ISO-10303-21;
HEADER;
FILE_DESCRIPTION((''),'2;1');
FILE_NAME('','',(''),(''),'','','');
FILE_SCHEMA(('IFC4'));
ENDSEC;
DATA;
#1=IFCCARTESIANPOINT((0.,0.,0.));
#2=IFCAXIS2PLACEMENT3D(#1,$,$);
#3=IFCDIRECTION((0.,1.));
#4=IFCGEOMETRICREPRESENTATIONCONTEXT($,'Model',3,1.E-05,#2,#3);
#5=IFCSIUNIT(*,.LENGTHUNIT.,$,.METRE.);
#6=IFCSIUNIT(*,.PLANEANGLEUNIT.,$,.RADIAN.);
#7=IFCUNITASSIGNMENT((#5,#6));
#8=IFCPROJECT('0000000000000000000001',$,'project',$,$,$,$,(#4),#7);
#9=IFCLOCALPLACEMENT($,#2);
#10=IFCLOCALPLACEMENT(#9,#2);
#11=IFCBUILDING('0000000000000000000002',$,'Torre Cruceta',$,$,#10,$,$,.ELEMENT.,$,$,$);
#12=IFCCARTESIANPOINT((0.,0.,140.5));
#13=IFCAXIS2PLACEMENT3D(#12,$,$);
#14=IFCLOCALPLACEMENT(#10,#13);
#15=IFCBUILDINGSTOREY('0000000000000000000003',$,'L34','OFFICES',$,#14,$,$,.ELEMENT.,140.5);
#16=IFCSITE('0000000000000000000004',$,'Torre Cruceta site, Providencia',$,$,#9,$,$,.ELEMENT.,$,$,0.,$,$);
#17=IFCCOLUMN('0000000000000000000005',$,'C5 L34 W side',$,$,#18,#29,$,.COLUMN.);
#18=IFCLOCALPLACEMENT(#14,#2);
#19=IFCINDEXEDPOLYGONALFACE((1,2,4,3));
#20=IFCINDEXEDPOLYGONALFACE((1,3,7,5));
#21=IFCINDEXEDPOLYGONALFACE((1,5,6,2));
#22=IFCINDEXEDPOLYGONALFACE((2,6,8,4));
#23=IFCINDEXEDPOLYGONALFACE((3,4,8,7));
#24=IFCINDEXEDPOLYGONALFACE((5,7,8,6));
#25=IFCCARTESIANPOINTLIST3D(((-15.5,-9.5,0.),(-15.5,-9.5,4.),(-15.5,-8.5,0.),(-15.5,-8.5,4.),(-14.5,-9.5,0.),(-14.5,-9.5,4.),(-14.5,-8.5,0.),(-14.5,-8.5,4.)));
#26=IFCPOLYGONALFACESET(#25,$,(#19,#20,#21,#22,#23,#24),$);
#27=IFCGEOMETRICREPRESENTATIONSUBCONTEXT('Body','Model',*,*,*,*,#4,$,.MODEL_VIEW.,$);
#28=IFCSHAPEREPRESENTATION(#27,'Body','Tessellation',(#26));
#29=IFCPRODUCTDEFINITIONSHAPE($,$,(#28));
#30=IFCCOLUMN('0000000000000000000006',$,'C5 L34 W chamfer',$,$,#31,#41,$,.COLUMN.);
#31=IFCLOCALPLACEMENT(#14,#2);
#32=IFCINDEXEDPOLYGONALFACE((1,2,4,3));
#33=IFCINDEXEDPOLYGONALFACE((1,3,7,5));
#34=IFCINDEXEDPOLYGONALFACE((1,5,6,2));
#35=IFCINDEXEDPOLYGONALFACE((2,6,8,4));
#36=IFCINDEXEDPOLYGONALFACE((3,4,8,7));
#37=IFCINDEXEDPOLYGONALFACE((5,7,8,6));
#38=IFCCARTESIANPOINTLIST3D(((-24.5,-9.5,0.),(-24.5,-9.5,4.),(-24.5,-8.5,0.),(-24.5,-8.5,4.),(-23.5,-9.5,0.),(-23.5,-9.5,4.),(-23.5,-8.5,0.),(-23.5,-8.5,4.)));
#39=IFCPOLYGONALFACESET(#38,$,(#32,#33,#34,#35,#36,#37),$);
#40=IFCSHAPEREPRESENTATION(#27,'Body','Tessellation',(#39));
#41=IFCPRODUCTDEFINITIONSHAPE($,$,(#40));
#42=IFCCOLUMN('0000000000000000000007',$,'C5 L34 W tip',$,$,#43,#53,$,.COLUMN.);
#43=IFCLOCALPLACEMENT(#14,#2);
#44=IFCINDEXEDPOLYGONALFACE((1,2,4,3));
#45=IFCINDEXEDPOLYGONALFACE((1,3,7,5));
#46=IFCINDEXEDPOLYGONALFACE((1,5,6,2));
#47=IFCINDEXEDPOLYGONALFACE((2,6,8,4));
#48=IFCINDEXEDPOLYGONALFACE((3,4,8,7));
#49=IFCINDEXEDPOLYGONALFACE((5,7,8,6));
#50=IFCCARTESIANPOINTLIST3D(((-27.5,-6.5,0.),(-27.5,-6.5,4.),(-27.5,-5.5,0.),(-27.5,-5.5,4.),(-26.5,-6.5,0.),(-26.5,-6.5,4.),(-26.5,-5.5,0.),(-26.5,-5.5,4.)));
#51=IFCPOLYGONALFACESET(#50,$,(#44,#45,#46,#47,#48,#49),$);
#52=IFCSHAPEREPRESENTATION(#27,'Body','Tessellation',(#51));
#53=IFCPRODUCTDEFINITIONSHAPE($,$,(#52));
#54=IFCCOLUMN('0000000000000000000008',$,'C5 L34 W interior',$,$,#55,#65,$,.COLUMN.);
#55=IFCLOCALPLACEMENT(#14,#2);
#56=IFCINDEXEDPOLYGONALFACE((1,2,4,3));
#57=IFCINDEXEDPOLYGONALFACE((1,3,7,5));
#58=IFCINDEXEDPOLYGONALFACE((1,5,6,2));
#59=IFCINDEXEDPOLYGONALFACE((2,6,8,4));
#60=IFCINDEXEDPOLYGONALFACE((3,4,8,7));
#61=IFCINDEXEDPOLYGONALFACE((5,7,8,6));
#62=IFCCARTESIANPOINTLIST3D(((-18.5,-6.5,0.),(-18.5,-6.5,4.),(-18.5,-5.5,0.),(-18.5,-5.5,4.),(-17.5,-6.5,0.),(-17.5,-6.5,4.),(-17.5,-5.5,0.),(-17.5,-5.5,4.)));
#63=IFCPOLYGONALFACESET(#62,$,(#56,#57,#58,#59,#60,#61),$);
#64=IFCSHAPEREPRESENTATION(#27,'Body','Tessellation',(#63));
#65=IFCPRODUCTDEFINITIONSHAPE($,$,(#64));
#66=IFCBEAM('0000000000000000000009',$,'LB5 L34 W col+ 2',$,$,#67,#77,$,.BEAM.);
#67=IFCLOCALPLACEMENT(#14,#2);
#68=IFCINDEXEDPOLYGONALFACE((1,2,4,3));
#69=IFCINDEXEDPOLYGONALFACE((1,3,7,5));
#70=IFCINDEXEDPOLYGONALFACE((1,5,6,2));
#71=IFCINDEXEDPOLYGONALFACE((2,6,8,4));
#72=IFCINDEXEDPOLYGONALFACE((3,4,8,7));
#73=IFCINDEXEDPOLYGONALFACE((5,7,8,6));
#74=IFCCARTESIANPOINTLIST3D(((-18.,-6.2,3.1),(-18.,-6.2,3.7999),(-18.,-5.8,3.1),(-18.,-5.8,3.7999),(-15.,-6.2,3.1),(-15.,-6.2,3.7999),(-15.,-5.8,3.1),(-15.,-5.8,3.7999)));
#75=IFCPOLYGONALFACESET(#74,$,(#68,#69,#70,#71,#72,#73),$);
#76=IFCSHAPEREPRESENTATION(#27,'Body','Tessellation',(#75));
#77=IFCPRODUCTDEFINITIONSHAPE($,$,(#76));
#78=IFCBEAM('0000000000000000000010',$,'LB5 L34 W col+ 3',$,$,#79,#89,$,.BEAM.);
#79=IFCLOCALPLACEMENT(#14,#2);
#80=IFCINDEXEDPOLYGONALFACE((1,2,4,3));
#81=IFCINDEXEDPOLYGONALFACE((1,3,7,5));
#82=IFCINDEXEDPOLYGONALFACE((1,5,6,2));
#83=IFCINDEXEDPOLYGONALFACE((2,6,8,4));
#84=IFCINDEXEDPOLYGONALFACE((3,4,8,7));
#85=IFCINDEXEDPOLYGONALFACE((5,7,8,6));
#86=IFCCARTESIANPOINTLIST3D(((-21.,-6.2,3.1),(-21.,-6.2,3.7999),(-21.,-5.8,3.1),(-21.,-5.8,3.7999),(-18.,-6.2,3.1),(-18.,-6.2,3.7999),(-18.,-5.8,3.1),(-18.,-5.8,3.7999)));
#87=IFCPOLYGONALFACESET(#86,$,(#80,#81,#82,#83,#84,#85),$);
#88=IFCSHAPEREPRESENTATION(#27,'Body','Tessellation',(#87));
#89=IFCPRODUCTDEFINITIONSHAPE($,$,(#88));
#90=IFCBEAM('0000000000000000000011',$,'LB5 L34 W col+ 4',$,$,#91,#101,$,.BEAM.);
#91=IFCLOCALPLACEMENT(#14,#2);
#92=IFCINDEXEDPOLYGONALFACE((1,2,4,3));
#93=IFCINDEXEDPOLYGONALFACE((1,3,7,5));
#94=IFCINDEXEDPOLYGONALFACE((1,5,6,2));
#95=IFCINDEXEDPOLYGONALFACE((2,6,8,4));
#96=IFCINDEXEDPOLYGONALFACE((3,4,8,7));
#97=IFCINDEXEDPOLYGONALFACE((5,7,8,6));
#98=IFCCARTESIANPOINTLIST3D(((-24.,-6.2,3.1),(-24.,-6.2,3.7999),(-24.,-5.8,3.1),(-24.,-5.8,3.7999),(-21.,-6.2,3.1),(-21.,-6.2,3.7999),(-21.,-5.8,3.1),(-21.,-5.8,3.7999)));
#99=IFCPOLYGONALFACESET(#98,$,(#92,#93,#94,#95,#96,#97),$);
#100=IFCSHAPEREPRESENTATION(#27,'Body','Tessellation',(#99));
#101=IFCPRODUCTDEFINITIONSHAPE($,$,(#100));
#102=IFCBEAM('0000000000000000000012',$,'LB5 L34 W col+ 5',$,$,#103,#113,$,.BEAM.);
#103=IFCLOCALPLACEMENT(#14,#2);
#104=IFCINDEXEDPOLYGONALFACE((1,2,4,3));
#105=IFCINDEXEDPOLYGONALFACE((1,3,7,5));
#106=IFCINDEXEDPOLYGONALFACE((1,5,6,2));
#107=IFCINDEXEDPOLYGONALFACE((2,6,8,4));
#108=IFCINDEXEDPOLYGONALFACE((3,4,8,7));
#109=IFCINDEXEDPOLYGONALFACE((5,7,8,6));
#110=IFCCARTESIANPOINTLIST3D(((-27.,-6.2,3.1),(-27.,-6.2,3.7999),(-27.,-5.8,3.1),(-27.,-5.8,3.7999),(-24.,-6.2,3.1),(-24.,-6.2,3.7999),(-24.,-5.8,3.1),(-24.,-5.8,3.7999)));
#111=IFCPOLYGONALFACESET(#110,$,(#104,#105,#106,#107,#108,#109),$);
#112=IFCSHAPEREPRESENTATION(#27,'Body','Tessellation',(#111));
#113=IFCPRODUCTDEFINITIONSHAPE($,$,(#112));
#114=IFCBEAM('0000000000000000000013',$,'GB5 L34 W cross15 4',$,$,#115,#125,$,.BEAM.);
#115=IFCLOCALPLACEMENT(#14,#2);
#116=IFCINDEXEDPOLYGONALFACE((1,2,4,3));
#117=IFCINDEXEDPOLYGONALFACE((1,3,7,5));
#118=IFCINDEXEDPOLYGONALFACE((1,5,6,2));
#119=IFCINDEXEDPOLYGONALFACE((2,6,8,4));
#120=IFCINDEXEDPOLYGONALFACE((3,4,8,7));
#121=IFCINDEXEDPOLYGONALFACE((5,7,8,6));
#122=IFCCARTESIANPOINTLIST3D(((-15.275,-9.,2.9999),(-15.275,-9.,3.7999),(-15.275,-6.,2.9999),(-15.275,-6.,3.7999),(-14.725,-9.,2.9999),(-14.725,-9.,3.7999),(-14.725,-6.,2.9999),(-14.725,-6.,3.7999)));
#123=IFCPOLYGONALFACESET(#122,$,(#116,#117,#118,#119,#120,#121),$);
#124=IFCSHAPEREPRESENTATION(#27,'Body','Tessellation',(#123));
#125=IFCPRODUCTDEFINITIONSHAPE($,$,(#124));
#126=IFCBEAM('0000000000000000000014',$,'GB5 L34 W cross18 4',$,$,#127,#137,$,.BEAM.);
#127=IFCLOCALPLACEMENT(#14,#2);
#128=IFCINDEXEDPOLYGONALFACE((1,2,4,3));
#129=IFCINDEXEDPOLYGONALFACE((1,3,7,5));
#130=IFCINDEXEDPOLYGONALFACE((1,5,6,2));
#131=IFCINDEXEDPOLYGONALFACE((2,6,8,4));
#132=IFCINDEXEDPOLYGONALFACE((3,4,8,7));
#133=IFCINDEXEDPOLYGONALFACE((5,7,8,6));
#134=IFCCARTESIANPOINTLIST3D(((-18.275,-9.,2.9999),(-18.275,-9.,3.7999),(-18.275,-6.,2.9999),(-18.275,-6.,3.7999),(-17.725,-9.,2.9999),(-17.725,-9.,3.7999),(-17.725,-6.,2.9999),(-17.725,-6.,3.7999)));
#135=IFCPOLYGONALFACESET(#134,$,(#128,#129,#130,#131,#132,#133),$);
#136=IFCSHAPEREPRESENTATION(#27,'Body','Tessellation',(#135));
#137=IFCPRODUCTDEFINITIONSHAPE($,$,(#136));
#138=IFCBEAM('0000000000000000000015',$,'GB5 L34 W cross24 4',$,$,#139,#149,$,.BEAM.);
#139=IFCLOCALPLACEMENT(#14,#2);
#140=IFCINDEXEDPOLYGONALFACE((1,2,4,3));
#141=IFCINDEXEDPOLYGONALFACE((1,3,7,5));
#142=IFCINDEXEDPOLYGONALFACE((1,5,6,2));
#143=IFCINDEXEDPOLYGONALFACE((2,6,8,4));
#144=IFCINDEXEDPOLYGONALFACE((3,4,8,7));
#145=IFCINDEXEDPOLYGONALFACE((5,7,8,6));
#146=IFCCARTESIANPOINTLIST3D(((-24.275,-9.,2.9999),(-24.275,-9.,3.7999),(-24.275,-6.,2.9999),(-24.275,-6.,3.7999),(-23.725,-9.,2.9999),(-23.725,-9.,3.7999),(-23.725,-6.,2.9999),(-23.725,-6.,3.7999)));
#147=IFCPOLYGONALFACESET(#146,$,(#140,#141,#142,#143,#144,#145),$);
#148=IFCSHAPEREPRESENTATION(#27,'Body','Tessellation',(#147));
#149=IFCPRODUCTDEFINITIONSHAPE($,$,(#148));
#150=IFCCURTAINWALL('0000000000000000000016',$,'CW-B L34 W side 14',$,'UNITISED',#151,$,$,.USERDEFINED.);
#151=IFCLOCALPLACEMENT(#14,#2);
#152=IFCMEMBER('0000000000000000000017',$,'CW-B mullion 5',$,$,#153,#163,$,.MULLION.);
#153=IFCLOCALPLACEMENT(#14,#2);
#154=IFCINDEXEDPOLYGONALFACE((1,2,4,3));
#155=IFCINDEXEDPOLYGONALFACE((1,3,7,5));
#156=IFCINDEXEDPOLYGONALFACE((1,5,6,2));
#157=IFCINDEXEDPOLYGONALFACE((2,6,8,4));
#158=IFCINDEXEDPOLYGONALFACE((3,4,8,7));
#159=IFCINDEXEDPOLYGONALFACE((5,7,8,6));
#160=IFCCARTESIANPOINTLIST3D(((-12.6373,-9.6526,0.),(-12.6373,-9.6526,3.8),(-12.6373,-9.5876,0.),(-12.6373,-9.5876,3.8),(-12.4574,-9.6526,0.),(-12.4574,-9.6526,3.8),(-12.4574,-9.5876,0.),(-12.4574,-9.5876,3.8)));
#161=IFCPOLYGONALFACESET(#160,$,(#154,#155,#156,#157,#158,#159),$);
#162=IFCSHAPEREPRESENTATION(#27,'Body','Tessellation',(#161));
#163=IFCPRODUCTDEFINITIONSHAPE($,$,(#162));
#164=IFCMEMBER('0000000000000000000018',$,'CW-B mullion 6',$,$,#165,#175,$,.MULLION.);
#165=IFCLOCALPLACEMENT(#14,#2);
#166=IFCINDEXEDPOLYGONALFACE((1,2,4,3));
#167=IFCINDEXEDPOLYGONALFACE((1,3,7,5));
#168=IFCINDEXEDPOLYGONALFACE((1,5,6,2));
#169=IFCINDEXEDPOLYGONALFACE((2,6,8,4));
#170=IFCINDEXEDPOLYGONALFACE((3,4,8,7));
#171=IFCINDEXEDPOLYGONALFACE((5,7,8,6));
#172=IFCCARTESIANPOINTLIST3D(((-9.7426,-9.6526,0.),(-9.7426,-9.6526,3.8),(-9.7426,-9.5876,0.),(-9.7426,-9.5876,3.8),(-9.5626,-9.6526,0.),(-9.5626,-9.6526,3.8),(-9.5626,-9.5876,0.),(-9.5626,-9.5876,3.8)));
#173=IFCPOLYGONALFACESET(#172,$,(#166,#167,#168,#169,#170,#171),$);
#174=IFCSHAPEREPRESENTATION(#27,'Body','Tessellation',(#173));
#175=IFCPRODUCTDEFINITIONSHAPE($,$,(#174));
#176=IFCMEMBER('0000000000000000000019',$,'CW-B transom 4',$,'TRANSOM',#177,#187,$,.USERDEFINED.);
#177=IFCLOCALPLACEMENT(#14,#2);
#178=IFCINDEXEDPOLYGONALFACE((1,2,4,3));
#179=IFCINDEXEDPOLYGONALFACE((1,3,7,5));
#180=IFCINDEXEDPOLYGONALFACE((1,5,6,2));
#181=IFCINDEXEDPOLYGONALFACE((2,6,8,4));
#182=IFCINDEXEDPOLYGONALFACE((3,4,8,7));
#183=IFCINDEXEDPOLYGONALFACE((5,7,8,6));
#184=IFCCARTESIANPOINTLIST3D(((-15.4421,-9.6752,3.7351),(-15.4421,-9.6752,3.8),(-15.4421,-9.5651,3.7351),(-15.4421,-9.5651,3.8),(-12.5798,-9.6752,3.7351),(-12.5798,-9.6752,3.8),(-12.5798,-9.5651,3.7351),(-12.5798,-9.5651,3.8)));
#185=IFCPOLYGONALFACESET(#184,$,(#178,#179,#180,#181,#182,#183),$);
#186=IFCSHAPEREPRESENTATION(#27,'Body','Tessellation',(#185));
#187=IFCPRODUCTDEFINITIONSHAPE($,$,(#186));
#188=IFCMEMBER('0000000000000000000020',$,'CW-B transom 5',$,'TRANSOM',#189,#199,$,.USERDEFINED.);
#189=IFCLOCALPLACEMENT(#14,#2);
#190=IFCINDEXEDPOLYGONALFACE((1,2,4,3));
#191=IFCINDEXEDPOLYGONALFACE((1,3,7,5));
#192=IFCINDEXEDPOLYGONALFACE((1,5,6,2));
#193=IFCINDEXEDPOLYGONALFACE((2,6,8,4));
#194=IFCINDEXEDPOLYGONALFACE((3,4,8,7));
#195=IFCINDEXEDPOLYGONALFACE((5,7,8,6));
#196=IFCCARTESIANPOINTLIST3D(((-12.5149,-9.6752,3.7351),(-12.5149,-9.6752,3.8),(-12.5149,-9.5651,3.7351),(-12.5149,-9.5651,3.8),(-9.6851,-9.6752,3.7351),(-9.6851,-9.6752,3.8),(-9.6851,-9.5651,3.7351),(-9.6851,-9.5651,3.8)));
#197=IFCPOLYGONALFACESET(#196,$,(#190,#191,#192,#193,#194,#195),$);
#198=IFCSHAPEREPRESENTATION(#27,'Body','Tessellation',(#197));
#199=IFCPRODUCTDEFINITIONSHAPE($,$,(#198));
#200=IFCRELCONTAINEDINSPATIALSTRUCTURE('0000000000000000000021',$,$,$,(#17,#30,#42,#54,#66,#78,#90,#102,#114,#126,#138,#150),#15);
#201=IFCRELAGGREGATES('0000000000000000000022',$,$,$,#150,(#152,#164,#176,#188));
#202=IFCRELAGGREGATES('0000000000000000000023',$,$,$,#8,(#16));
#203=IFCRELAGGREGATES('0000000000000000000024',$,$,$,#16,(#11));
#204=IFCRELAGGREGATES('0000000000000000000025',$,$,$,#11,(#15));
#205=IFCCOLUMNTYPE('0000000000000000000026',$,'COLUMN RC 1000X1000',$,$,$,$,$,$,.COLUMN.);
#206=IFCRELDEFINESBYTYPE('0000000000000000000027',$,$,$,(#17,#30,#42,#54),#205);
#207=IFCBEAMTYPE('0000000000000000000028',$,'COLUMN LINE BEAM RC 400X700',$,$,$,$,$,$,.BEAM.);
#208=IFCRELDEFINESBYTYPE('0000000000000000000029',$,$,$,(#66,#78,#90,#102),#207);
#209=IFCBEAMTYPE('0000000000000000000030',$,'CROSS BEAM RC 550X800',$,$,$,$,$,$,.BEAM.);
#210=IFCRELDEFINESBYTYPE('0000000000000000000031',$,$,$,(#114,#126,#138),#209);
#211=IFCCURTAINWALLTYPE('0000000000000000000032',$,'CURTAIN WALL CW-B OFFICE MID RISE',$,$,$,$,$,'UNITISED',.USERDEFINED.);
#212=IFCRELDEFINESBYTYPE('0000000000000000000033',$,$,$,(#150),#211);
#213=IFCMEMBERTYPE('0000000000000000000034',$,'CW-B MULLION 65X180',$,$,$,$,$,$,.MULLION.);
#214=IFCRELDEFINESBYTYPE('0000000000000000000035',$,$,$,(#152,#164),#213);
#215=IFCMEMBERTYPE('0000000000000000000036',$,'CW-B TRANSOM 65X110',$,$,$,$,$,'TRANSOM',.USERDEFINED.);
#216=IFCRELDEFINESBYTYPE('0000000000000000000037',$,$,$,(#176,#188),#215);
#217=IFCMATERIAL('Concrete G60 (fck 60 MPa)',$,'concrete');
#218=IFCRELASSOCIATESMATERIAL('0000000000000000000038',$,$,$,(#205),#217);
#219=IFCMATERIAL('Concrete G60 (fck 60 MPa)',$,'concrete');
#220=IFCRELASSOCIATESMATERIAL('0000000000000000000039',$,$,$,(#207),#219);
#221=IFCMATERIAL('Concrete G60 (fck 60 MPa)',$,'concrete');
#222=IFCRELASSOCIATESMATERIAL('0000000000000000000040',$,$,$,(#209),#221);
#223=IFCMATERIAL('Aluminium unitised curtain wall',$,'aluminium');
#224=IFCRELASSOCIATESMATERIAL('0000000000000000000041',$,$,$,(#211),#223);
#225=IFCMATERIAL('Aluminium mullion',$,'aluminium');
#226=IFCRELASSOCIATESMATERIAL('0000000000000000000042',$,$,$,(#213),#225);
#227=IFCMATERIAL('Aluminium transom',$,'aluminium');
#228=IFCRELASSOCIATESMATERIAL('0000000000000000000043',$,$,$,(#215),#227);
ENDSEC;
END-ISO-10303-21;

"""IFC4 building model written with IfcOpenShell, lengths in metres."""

from ifc_helpers import new_model, si_unit, direction, frame, origin, origin_2d, place, context, subcontext, project, spatial, rectangle, extrude, material, material_profile, profile_set, type_object, element, aggregate, save


model = new_model("IFC4")

# Units and contexts
model_context = context("Model", 3, precision=1e-05, world=origin(), true_north=direction((0.0, 1.0)))
body_context = subcontext(model_context, "Body", "Model", "MODEL_VIEW")
ifc_project = project(units=[si_unit("LENGTHUNIT", "METRE"), si_unit("PLANEANGLEUNIT", "RADIAN")], contexts=[model_context])

# Site, building, storey
site_placement = place(None, origin())
site = spatial("IfcSite", under=ifc_project, at=site_placement, Name="Torre Cruceta site, Providencia", CompositionType="ELEMENT", RefElevation=0.0)
building_placement = place(site_placement, origin())
building = spatial("IfcBuilding", under=site, at=building_placement, Name="Torre Cruceta", CompositionType="ELEMENT")
storey_placement = place(building_placement, frame((0.0, 0.0, 140.5)))
storey = spatial("IfcBuildingStorey", under=building, at=storey_placement, Name="L34", Description="OFFICES", CompositionType="ELEMENT", Elevation=140.5)

# Columns
ifc_material_1 = material(Name="Concrete G60 (fck 60 MPa)", Category="concrete")
ifc_material_profile_1 = material_profile(ifc_material_1, rectangle(XDim=1.0, YDim=1.0, at=origin_2d()), Name="RC 1000X1000")
ifc_profile_set_1 = profile_set([ifc_material_profile_1], Name="Concrete G60 (fck 60 MPa)")
column_type = type_object("IfcColumnType", Name="COLUMN RC 1000X1000", PredefinedType="COLUMN", material=ifc_profile_set_1)
for number, where, z_axis, x_axis, name in (
    (1, (-15.0, -9.0, 0.0), (0.0, 0.0, 1.0), (1.0, 0.0, 0.0), "C5 L34 W side"),
    (2, (-24.0, -9.0, 0.0), (0.0, 0.0, 1.0), (1.0, 0.0, 0.0), "C5 L34 W chamfer"),
    (3, (-27.0, -6.0, 0.0), (0.0, 0.0, 1.0), (1.0, 0.0, 0.0), "C5 L34 W tip"),
    (4, (-18.0, -6.0, 0.0), (0.0, 0.0, 1.0), (1.0, 0.0, 0.0), "C5 L34 W interior"),
):
    element("IfcColumn", number, at=place(storey_placement, frame(where, z_axis=z_axis, x_axis=x_axis)), inside=storey, type_object=column_type, Name=name, PredefinedType="COLUMN", context=body_context, shape_type="SweptSolid", body=[
        extrude(rectangle(XDim=1.0, YDim=1.0, at=origin_2d()), origin(), (0.0, 0.0, 1.0), 4.0),
    ])

# Beams
ifc_material_2 = material(Name="Concrete G60 (fck 60 MPa)", Category="concrete")
ifc_material_profile_2 = material_profile(ifc_material_2, rectangle(XDim=0.3999, YDim=0.7, at=origin_2d()), Name="RC 400X700")
ifc_profile_set_2 = profile_set([ifc_material_profile_2], Name="Concrete G60 (fck 60 MPa)")
beam_type_1 = type_object("IfcBeamType", Name="COLUMN LINE BEAM RC 400X700", PredefinedType="BEAM", material=ifc_profile_set_2)
for number, where, z_axis, x_axis, name in (
    (5, (-15.0, -6.0, 3.45), (-1.0, 0.0, 0.0), (0.0, -1.0, 0.0), "LB5 L34 W col+ 2"),
    (6, (-18.0, -6.0, 3.45), (-1.0, 0.0, 0.0), (0.0, -1.0, 0.0), "LB5 L34 W col+ 3"),
    (7, (-21.0, -6.0, 3.45), (-1.0, 0.0, 0.0), (0.0, -1.0, 0.0), "LB5 L34 W col+ 4"),
    (8, (-24.0, -6.0, 3.45), (-1.0, 0.0, 0.0), (0.0, -1.0, 0.0), "LB5 L34 W col+ 5"),
):
    element("IfcBeam", number, at=place(storey_placement, frame(where, z_axis=z_axis, x_axis=x_axis)), inside=storey, type_object=beam_type_1, Name=name, PredefinedType="BEAM", context=body_context, shape_type="SweptSolid", body=[
        extrude(rectangle(XDim=0.3999, YDim=0.7, at=origin_2d()), origin(), (0.0, 0.0, 1.0), 3.0),
    ])
ifc_material_3 = material(Name="Concrete G60 (fck 60 MPa)", Category="concrete")
ifc_material_profile_3 = material_profile(ifc_material_3, rectangle(XDim=0.55, YDim=0.8, at=origin_2d()), Name="RC 550X800")
ifc_profile_set_3 = profile_set([ifc_material_profile_3], Name="Concrete G60 (fck 60 MPa)")
beam_type_2 = type_object("IfcBeamType", Name="CROSS BEAM RC 550X800", PredefinedType="BEAM", material=ifc_profile_set_3)
for number, where, z_axis, x_axis, name in (
    (9, (-15.0, -6.0, 3.3999), (0.0, -1.0, 0.0), (1.0, 0.0, 0.0), "GB5 L34 W cross15 4"),
    (10, (-18.0, -6.0, 3.3999), (0.0, -1.0, 0.0), (1.0, 0.0, 0.0), "GB5 L34 W cross18 4"),
    (11, (-24.0, -6.0, 3.3999), (0.0, -1.0, 0.0), (1.0, 0.0, 0.0), "GB5 L34 W cross24 4"),
):
    element("IfcBeam", number, at=place(storey_placement, frame(where, z_axis=z_axis, x_axis=x_axis)), inside=storey, type_object=beam_type_2, Name=name, PredefinedType="BEAM", context=body_context, shape_type="SweptSolid", body=[
        extrude(rectangle(XDim=0.55, YDim=0.8, at=origin_2d()), origin(), (0.0, 0.0, 1.0), 3.0),
    ])

# Curtain wall, members
ifc_material_4 = material(Name="Aluminium unitised curtain wall", Category="aluminium")
curtain_wall_type = type_object("IfcCurtainWallType", Name="CURTAIN WALL CW-B OFFICE MID RISE", ElementType="UNITISED", PredefinedType="USERDEFINED", material=ifc_material_4)
curtain_wall_placement = place(storey_placement, origin())
curtain_wall = element("IfcCurtainWall", 12, at=curtain_wall_placement, inside=storey, type_object=curtain_wall_type, Name="CW-B L34 W side 14", ObjectType="UNITISED", PredefinedType="USERDEFINED")
ifc_material_5 = material(Name="Aluminium mullion", Category="aluminium")
ifc_material_profile_4 = material_profile(ifc_material_5, rectangle(XDim=0.0649, YDim=0.1799, at=origin_2d()), Name="AL 65X180")
ifc_profile_set_4 = profile_set([ifc_material_profile_4], Name="Aluminium mullion")
member_type_1 = type_object("IfcMemberType", Name="CW-B MULLION 65X180", PredefinedType="MULLION", material=ifc_profile_set_4)
member_1_placement = place(storey_placement, frame((-12.5474, -9.6201, 0.0), z_axis=(0.0, 0.0, 1.0), x_axis=(0.0, 1.0, 0.0)))
member_1 = element("IfcMember", 13, at=member_1_placement, type_object=member_type_1, Name="CW-B mullion 5", PredefinedType="MULLION", context=body_context, shape_type="SweptSolid", body=[
    extrude(rectangle(XDim=0.0649, YDim=0.1799, at=origin_2d()), origin(), (0.0, 0.0, 1.0), 3.8),
])
member_2_placement = place(storey_placement, frame((-9.6526, -9.6201, 0.0), z_axis=(0.0, 0.0, 1.0), x_axis=(0.0, 1.0, 0.0)))
member_2 = element("IfcMember", 14, at=member_2_placement, type_object=member_type_1, Name="CW-B mullion 6", PredefinedType="MULLION", context=body_context, shape_type="SweptSolid", body=[
    extrude(rectangle(XDim=0.0649, YDim=0.1799, at=origin_2d()), origin(), (0.0, 0.0, 1.0), 3.8),
])
ifc_material_6 = material(Name="Aluminium transom", Category="aluminium")
ifc_material_profile_5 = material_profile(ifc_material_6, rectangle(XDim=0.1101, YDim=0.0649, at=origin_2d()), Name="AL 110X65")
ifc_profile_set_5 = profile_set([ifc_material_profile_5], Name="Aluminium transom")
member_type_2 = type_object("IfcMemberType", Name="CW-B TRANSOM 65X110", ElementType="TRANSOM", PredefinedType="USERDEFINED", material=ifc_profile_set_5)
member_3_placement = place(storey_placement, frame((-15.4421, -9.6201, 3.7676), z_axis=(1.0, 0.0, 0.0), x_axis=(0.0, 1.0, 0.0)))
member_3 = element("IfcMember", 15, at=member_3_placement, type_object=member_type_2, Name="CW-B transom 4", ObjectType="TRANSOM", PredefinedType="USERDEFINED", context=body_context, shape_type="SweptSolid", body=[
    extrude(rectangle(XDim=0.1101, YDim=0.0649, at=origin_2d()), origin(), (0.0, 0.0, 1.0), 2.8623),
])
member_4_placement = place(storey_placement, frame((-12.5149, -9.6201, 3.7676), z_axis=(1.0, 0.0, 0.0), x_axis=(0.0, 1.0, 0.0)))
member_4 = element("IfcMember", 16, at=member_4_placement, type_object=member_type_2, Name="CW-B transom 5", ObjectType="TRANSOM", PredefinedType="USERDEFINED", context=body_context, shape_type="SweptSolid", body=[
    extrude(rectangle(XDim=0.1101, YDim=0.0649, at=origin_2d()), origin(), (0.0, 0.0, 1.0), 2.8298),
])

aggregate(curtain_wall, [member_1, member_2, member_3, member_4])

save(model, "model.ifc")
